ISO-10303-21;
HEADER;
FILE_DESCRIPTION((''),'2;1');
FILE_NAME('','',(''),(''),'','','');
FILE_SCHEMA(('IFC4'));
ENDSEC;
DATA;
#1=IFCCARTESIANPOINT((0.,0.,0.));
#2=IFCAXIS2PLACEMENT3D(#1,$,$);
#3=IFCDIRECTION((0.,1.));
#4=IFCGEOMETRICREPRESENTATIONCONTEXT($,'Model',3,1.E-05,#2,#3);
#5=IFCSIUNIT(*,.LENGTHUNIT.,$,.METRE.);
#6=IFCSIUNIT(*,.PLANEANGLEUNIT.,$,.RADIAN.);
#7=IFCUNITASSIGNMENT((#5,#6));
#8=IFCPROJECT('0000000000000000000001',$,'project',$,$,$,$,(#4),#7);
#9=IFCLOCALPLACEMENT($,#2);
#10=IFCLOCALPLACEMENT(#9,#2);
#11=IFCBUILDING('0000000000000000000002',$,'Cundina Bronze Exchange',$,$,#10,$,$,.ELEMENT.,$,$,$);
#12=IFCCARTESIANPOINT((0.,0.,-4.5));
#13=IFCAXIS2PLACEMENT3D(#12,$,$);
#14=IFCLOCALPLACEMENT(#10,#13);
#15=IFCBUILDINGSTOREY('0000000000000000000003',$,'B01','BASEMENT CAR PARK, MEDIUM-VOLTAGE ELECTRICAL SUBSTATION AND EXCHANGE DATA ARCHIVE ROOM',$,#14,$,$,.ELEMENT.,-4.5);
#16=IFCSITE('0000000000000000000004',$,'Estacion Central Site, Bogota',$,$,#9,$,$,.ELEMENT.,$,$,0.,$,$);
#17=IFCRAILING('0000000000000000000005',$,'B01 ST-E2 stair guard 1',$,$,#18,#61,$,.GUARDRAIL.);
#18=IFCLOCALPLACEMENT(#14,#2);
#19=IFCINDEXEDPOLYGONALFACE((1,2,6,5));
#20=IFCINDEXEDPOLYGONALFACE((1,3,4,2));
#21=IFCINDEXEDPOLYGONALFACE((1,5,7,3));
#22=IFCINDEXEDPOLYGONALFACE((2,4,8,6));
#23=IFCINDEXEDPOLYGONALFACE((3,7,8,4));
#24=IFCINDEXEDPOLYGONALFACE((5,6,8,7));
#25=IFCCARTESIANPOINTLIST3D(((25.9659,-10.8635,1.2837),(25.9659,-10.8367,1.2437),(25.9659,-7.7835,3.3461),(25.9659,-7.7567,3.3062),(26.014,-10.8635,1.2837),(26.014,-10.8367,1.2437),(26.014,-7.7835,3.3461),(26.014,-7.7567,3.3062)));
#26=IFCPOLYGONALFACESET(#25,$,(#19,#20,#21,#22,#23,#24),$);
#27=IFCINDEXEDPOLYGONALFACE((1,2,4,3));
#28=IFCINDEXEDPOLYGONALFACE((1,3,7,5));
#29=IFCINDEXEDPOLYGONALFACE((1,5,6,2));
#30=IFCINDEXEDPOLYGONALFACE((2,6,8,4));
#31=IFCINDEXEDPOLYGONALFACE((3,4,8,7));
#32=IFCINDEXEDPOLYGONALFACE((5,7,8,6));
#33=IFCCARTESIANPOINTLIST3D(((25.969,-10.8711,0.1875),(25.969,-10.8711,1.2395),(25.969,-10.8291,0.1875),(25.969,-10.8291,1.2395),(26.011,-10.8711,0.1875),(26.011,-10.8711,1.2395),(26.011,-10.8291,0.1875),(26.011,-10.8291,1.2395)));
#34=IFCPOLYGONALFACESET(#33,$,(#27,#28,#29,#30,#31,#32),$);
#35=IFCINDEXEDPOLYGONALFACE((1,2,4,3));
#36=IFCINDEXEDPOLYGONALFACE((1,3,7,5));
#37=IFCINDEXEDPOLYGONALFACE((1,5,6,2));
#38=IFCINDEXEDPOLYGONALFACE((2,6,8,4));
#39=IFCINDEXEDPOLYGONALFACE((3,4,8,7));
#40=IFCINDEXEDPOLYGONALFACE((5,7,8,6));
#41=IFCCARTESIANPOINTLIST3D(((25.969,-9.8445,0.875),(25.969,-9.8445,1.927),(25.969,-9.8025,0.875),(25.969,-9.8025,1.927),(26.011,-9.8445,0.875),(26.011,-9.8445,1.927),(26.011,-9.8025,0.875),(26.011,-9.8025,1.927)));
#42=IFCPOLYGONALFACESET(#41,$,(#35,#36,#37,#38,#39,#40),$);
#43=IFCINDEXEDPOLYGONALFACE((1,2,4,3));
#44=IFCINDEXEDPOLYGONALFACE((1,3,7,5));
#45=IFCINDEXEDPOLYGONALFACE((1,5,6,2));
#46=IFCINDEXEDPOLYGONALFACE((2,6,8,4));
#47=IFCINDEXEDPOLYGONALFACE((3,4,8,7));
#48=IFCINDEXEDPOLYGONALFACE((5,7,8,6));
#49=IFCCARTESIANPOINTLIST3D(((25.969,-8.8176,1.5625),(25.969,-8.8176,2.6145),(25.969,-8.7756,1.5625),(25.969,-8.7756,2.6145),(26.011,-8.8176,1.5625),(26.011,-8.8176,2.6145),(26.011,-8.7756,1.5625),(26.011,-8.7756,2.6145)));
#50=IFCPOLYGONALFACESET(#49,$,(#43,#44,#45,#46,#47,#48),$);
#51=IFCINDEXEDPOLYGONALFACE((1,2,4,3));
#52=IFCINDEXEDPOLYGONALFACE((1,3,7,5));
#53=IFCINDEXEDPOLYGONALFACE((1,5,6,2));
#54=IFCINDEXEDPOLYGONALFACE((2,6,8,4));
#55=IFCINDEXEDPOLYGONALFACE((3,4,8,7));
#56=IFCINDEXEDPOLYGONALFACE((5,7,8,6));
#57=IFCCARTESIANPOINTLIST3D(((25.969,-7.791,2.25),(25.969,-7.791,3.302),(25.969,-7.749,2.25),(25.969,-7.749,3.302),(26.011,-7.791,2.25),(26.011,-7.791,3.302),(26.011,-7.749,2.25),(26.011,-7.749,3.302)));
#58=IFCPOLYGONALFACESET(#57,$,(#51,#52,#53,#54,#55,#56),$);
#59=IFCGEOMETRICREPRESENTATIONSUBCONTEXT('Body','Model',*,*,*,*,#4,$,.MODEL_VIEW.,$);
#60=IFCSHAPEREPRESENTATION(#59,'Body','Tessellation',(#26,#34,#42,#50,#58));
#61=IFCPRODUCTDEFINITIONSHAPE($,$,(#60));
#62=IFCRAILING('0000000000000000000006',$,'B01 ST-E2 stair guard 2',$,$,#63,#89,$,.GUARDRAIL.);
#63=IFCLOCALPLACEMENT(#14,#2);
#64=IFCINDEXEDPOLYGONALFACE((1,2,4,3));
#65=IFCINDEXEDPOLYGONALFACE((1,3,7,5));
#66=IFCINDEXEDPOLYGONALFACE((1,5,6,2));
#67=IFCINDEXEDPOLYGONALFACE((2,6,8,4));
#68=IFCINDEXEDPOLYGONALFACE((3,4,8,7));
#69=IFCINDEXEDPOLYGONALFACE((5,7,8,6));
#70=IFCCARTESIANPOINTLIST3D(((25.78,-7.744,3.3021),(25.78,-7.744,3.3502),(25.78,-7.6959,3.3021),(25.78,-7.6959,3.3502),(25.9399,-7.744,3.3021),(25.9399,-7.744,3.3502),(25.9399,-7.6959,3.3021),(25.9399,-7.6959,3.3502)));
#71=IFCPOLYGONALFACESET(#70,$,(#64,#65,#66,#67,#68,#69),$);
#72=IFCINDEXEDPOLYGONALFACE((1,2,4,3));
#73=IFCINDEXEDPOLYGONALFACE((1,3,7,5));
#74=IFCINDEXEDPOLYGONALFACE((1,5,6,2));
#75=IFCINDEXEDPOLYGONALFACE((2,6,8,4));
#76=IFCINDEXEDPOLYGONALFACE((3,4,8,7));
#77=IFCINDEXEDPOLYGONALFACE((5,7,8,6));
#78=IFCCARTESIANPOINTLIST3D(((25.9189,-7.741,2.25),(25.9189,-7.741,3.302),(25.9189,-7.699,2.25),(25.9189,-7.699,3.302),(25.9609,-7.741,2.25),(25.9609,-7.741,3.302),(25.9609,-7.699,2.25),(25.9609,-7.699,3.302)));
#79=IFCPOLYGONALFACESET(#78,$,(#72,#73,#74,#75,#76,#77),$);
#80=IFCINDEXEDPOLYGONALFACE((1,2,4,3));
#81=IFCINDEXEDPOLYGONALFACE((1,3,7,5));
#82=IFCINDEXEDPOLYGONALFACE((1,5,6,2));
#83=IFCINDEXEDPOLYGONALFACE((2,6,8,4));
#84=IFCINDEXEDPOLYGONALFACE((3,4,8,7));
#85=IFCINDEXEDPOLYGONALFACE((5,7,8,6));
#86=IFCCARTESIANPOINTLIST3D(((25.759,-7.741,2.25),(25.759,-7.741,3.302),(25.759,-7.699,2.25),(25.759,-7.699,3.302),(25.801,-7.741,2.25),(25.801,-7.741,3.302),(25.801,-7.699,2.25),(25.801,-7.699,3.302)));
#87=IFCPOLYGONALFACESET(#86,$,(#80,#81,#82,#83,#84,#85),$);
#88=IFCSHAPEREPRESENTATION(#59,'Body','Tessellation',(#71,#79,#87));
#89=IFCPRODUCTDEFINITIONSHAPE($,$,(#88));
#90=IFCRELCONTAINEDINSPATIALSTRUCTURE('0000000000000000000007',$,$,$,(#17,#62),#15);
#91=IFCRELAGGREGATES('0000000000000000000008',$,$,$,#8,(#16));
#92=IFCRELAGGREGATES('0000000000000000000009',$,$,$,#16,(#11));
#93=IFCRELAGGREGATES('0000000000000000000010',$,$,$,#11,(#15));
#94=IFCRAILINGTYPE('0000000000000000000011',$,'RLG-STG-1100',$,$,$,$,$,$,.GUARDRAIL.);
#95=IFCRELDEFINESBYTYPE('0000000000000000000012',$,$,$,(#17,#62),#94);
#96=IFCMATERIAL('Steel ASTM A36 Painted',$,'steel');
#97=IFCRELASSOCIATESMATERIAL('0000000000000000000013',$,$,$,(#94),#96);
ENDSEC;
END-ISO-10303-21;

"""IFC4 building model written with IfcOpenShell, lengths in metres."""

from ifc_helpers import new_model, si_unit, direction, frame, origin, origin_2d, place, context, subcontext, project, spatial, rectangle, extrude, material, type_object, element, save


model = new_model("IFC4")

# Units and contexts
model_context = context("Model", 3, precision=1e-05, world=origin(), true_north=direction((0.0, 1.0)))
body_context = subcontext(model_context, "Body", "Model", "MODEL_VIEW")
ifc_project = project(units=[si_unit("LENGTHUNIT", "METRE"), si_unit("PLANEANGLEUNIT", "RADIAN")], contexts=[model_context])

# Site, building, storey
site_placement = place(None, origin())
site = spatial("IfcSite", under=ifc_project, at=site_placement, Name="Estacion Central Site, Bogota", CompositionType="ELEMENT", RefElevation=0.0)
building_placement = place(site_placement, origin())
building = spatial("IfcBuilding", under=site, at=building_placement, Name="Cundina Bronze Exchange", CompositionType="ELEMENT")
storey_placement = place(building_placement, frame((0.0, 0.0, -4.5)))
storey = spatial("IfcBuildingStorey", under=building, at=storey_placement, Name="B01", Description="BASEMENT CAR PARK, MEDIUM-VOLTAGE ELECTRICAL SUBSTATION AND EXCHANGE DATA ARCHIVE ROOM", CompositionType="ELEMENT", Elevation=-4.5)

# Shared definitions
ifc_material_1 = material(Name="Steel ASTM A36 Painted", Category="steel")

# Railings
railing_type_1 = type_object("IfcRailingType", Name="RLG-STG-1100", PredefinedType="GUARDRAIL", material=ifc_material_1)
railing_1_placement = place(storey_placement, frame((25.99, -10.8501, 0.1875)))
element("IfcRailing", 1, at=railing_1_placement, inside=storey, type_object=railing_type_1, Name="B01 ST-E2 stair guard 1", PredefinedType="GUARDRAIL", context=body_context, shape_type="SweptSolid", body=[
    extrude(rectangle(XDim=0.0481, YDim=0.0481, at=origin_2d()), frame((0.0, 0.0, 1.0762), z_axis=(0.0, 0.830914, 0.556401), x_axis=(-1.0, 0.0, 0.0)), (0.0, 0.0, 1.0), 3.7068),
    extrude(rectangle(XDim=0.042, YDim=0.042, at=origin_2d()), origin(), (0.0, 0.0, 1.0), 1.052),
    extrude(rectangle(XDim=0.042, YDim=0.042, at=origin_2d()), frame((0.0, 1.0266, 0.6875)), (0.0, 0.0, 1.0), 1.052),
    extrude(rectangle(XDim=0.042, YDim=0.042, at=origin_2d()), frame((0.0, 2.0535, 1.375)), (0.0, 0.0, 1.0), 1.052),
    extrude(rectangle(XDim=0.042, YDim=0.042, at=origin_2d()), frame((0.0, 3.0801, 2.0625)), (0.0, 0.0, 1.0), 1.052),
])
railing_2_placement = place(storey_placement, frame((25.9399, -7.72, 2.25)))
element("IfcRailing", 2, at=railing_2_placement, inside=storey, type_object=railing_type_1, Name="B01 ST-E2 stair guard 2", PredefinedType="GUARDRAIL", context=body_context, shape_type="SweptSolid", body=[
    extrude(rectangle(XDim=0.0481, YDim=0.0481, at=origin_2d()), frame((0.0, 0.0, 1.0762), z_axis=(-1.0, 0.0, 0.0), x_axis=(0.0, -1.0, 0.0)), (0.0, 0.0, 1.0), 0.1599),
    extrude(rectangle(XDim=0.042, YDim=0.042, at=origin_2d()), origin(), (0.0, 0.0, 1.0), 1.052),
    extrude(rectangle(XDim=0.042, YDim=0.042, at=origin_2d()), frame((-0.1599, 0.0, 0.0)), (0.0, 0.0, 1.0), 1.052),
])

save(model, "model.ifc")
